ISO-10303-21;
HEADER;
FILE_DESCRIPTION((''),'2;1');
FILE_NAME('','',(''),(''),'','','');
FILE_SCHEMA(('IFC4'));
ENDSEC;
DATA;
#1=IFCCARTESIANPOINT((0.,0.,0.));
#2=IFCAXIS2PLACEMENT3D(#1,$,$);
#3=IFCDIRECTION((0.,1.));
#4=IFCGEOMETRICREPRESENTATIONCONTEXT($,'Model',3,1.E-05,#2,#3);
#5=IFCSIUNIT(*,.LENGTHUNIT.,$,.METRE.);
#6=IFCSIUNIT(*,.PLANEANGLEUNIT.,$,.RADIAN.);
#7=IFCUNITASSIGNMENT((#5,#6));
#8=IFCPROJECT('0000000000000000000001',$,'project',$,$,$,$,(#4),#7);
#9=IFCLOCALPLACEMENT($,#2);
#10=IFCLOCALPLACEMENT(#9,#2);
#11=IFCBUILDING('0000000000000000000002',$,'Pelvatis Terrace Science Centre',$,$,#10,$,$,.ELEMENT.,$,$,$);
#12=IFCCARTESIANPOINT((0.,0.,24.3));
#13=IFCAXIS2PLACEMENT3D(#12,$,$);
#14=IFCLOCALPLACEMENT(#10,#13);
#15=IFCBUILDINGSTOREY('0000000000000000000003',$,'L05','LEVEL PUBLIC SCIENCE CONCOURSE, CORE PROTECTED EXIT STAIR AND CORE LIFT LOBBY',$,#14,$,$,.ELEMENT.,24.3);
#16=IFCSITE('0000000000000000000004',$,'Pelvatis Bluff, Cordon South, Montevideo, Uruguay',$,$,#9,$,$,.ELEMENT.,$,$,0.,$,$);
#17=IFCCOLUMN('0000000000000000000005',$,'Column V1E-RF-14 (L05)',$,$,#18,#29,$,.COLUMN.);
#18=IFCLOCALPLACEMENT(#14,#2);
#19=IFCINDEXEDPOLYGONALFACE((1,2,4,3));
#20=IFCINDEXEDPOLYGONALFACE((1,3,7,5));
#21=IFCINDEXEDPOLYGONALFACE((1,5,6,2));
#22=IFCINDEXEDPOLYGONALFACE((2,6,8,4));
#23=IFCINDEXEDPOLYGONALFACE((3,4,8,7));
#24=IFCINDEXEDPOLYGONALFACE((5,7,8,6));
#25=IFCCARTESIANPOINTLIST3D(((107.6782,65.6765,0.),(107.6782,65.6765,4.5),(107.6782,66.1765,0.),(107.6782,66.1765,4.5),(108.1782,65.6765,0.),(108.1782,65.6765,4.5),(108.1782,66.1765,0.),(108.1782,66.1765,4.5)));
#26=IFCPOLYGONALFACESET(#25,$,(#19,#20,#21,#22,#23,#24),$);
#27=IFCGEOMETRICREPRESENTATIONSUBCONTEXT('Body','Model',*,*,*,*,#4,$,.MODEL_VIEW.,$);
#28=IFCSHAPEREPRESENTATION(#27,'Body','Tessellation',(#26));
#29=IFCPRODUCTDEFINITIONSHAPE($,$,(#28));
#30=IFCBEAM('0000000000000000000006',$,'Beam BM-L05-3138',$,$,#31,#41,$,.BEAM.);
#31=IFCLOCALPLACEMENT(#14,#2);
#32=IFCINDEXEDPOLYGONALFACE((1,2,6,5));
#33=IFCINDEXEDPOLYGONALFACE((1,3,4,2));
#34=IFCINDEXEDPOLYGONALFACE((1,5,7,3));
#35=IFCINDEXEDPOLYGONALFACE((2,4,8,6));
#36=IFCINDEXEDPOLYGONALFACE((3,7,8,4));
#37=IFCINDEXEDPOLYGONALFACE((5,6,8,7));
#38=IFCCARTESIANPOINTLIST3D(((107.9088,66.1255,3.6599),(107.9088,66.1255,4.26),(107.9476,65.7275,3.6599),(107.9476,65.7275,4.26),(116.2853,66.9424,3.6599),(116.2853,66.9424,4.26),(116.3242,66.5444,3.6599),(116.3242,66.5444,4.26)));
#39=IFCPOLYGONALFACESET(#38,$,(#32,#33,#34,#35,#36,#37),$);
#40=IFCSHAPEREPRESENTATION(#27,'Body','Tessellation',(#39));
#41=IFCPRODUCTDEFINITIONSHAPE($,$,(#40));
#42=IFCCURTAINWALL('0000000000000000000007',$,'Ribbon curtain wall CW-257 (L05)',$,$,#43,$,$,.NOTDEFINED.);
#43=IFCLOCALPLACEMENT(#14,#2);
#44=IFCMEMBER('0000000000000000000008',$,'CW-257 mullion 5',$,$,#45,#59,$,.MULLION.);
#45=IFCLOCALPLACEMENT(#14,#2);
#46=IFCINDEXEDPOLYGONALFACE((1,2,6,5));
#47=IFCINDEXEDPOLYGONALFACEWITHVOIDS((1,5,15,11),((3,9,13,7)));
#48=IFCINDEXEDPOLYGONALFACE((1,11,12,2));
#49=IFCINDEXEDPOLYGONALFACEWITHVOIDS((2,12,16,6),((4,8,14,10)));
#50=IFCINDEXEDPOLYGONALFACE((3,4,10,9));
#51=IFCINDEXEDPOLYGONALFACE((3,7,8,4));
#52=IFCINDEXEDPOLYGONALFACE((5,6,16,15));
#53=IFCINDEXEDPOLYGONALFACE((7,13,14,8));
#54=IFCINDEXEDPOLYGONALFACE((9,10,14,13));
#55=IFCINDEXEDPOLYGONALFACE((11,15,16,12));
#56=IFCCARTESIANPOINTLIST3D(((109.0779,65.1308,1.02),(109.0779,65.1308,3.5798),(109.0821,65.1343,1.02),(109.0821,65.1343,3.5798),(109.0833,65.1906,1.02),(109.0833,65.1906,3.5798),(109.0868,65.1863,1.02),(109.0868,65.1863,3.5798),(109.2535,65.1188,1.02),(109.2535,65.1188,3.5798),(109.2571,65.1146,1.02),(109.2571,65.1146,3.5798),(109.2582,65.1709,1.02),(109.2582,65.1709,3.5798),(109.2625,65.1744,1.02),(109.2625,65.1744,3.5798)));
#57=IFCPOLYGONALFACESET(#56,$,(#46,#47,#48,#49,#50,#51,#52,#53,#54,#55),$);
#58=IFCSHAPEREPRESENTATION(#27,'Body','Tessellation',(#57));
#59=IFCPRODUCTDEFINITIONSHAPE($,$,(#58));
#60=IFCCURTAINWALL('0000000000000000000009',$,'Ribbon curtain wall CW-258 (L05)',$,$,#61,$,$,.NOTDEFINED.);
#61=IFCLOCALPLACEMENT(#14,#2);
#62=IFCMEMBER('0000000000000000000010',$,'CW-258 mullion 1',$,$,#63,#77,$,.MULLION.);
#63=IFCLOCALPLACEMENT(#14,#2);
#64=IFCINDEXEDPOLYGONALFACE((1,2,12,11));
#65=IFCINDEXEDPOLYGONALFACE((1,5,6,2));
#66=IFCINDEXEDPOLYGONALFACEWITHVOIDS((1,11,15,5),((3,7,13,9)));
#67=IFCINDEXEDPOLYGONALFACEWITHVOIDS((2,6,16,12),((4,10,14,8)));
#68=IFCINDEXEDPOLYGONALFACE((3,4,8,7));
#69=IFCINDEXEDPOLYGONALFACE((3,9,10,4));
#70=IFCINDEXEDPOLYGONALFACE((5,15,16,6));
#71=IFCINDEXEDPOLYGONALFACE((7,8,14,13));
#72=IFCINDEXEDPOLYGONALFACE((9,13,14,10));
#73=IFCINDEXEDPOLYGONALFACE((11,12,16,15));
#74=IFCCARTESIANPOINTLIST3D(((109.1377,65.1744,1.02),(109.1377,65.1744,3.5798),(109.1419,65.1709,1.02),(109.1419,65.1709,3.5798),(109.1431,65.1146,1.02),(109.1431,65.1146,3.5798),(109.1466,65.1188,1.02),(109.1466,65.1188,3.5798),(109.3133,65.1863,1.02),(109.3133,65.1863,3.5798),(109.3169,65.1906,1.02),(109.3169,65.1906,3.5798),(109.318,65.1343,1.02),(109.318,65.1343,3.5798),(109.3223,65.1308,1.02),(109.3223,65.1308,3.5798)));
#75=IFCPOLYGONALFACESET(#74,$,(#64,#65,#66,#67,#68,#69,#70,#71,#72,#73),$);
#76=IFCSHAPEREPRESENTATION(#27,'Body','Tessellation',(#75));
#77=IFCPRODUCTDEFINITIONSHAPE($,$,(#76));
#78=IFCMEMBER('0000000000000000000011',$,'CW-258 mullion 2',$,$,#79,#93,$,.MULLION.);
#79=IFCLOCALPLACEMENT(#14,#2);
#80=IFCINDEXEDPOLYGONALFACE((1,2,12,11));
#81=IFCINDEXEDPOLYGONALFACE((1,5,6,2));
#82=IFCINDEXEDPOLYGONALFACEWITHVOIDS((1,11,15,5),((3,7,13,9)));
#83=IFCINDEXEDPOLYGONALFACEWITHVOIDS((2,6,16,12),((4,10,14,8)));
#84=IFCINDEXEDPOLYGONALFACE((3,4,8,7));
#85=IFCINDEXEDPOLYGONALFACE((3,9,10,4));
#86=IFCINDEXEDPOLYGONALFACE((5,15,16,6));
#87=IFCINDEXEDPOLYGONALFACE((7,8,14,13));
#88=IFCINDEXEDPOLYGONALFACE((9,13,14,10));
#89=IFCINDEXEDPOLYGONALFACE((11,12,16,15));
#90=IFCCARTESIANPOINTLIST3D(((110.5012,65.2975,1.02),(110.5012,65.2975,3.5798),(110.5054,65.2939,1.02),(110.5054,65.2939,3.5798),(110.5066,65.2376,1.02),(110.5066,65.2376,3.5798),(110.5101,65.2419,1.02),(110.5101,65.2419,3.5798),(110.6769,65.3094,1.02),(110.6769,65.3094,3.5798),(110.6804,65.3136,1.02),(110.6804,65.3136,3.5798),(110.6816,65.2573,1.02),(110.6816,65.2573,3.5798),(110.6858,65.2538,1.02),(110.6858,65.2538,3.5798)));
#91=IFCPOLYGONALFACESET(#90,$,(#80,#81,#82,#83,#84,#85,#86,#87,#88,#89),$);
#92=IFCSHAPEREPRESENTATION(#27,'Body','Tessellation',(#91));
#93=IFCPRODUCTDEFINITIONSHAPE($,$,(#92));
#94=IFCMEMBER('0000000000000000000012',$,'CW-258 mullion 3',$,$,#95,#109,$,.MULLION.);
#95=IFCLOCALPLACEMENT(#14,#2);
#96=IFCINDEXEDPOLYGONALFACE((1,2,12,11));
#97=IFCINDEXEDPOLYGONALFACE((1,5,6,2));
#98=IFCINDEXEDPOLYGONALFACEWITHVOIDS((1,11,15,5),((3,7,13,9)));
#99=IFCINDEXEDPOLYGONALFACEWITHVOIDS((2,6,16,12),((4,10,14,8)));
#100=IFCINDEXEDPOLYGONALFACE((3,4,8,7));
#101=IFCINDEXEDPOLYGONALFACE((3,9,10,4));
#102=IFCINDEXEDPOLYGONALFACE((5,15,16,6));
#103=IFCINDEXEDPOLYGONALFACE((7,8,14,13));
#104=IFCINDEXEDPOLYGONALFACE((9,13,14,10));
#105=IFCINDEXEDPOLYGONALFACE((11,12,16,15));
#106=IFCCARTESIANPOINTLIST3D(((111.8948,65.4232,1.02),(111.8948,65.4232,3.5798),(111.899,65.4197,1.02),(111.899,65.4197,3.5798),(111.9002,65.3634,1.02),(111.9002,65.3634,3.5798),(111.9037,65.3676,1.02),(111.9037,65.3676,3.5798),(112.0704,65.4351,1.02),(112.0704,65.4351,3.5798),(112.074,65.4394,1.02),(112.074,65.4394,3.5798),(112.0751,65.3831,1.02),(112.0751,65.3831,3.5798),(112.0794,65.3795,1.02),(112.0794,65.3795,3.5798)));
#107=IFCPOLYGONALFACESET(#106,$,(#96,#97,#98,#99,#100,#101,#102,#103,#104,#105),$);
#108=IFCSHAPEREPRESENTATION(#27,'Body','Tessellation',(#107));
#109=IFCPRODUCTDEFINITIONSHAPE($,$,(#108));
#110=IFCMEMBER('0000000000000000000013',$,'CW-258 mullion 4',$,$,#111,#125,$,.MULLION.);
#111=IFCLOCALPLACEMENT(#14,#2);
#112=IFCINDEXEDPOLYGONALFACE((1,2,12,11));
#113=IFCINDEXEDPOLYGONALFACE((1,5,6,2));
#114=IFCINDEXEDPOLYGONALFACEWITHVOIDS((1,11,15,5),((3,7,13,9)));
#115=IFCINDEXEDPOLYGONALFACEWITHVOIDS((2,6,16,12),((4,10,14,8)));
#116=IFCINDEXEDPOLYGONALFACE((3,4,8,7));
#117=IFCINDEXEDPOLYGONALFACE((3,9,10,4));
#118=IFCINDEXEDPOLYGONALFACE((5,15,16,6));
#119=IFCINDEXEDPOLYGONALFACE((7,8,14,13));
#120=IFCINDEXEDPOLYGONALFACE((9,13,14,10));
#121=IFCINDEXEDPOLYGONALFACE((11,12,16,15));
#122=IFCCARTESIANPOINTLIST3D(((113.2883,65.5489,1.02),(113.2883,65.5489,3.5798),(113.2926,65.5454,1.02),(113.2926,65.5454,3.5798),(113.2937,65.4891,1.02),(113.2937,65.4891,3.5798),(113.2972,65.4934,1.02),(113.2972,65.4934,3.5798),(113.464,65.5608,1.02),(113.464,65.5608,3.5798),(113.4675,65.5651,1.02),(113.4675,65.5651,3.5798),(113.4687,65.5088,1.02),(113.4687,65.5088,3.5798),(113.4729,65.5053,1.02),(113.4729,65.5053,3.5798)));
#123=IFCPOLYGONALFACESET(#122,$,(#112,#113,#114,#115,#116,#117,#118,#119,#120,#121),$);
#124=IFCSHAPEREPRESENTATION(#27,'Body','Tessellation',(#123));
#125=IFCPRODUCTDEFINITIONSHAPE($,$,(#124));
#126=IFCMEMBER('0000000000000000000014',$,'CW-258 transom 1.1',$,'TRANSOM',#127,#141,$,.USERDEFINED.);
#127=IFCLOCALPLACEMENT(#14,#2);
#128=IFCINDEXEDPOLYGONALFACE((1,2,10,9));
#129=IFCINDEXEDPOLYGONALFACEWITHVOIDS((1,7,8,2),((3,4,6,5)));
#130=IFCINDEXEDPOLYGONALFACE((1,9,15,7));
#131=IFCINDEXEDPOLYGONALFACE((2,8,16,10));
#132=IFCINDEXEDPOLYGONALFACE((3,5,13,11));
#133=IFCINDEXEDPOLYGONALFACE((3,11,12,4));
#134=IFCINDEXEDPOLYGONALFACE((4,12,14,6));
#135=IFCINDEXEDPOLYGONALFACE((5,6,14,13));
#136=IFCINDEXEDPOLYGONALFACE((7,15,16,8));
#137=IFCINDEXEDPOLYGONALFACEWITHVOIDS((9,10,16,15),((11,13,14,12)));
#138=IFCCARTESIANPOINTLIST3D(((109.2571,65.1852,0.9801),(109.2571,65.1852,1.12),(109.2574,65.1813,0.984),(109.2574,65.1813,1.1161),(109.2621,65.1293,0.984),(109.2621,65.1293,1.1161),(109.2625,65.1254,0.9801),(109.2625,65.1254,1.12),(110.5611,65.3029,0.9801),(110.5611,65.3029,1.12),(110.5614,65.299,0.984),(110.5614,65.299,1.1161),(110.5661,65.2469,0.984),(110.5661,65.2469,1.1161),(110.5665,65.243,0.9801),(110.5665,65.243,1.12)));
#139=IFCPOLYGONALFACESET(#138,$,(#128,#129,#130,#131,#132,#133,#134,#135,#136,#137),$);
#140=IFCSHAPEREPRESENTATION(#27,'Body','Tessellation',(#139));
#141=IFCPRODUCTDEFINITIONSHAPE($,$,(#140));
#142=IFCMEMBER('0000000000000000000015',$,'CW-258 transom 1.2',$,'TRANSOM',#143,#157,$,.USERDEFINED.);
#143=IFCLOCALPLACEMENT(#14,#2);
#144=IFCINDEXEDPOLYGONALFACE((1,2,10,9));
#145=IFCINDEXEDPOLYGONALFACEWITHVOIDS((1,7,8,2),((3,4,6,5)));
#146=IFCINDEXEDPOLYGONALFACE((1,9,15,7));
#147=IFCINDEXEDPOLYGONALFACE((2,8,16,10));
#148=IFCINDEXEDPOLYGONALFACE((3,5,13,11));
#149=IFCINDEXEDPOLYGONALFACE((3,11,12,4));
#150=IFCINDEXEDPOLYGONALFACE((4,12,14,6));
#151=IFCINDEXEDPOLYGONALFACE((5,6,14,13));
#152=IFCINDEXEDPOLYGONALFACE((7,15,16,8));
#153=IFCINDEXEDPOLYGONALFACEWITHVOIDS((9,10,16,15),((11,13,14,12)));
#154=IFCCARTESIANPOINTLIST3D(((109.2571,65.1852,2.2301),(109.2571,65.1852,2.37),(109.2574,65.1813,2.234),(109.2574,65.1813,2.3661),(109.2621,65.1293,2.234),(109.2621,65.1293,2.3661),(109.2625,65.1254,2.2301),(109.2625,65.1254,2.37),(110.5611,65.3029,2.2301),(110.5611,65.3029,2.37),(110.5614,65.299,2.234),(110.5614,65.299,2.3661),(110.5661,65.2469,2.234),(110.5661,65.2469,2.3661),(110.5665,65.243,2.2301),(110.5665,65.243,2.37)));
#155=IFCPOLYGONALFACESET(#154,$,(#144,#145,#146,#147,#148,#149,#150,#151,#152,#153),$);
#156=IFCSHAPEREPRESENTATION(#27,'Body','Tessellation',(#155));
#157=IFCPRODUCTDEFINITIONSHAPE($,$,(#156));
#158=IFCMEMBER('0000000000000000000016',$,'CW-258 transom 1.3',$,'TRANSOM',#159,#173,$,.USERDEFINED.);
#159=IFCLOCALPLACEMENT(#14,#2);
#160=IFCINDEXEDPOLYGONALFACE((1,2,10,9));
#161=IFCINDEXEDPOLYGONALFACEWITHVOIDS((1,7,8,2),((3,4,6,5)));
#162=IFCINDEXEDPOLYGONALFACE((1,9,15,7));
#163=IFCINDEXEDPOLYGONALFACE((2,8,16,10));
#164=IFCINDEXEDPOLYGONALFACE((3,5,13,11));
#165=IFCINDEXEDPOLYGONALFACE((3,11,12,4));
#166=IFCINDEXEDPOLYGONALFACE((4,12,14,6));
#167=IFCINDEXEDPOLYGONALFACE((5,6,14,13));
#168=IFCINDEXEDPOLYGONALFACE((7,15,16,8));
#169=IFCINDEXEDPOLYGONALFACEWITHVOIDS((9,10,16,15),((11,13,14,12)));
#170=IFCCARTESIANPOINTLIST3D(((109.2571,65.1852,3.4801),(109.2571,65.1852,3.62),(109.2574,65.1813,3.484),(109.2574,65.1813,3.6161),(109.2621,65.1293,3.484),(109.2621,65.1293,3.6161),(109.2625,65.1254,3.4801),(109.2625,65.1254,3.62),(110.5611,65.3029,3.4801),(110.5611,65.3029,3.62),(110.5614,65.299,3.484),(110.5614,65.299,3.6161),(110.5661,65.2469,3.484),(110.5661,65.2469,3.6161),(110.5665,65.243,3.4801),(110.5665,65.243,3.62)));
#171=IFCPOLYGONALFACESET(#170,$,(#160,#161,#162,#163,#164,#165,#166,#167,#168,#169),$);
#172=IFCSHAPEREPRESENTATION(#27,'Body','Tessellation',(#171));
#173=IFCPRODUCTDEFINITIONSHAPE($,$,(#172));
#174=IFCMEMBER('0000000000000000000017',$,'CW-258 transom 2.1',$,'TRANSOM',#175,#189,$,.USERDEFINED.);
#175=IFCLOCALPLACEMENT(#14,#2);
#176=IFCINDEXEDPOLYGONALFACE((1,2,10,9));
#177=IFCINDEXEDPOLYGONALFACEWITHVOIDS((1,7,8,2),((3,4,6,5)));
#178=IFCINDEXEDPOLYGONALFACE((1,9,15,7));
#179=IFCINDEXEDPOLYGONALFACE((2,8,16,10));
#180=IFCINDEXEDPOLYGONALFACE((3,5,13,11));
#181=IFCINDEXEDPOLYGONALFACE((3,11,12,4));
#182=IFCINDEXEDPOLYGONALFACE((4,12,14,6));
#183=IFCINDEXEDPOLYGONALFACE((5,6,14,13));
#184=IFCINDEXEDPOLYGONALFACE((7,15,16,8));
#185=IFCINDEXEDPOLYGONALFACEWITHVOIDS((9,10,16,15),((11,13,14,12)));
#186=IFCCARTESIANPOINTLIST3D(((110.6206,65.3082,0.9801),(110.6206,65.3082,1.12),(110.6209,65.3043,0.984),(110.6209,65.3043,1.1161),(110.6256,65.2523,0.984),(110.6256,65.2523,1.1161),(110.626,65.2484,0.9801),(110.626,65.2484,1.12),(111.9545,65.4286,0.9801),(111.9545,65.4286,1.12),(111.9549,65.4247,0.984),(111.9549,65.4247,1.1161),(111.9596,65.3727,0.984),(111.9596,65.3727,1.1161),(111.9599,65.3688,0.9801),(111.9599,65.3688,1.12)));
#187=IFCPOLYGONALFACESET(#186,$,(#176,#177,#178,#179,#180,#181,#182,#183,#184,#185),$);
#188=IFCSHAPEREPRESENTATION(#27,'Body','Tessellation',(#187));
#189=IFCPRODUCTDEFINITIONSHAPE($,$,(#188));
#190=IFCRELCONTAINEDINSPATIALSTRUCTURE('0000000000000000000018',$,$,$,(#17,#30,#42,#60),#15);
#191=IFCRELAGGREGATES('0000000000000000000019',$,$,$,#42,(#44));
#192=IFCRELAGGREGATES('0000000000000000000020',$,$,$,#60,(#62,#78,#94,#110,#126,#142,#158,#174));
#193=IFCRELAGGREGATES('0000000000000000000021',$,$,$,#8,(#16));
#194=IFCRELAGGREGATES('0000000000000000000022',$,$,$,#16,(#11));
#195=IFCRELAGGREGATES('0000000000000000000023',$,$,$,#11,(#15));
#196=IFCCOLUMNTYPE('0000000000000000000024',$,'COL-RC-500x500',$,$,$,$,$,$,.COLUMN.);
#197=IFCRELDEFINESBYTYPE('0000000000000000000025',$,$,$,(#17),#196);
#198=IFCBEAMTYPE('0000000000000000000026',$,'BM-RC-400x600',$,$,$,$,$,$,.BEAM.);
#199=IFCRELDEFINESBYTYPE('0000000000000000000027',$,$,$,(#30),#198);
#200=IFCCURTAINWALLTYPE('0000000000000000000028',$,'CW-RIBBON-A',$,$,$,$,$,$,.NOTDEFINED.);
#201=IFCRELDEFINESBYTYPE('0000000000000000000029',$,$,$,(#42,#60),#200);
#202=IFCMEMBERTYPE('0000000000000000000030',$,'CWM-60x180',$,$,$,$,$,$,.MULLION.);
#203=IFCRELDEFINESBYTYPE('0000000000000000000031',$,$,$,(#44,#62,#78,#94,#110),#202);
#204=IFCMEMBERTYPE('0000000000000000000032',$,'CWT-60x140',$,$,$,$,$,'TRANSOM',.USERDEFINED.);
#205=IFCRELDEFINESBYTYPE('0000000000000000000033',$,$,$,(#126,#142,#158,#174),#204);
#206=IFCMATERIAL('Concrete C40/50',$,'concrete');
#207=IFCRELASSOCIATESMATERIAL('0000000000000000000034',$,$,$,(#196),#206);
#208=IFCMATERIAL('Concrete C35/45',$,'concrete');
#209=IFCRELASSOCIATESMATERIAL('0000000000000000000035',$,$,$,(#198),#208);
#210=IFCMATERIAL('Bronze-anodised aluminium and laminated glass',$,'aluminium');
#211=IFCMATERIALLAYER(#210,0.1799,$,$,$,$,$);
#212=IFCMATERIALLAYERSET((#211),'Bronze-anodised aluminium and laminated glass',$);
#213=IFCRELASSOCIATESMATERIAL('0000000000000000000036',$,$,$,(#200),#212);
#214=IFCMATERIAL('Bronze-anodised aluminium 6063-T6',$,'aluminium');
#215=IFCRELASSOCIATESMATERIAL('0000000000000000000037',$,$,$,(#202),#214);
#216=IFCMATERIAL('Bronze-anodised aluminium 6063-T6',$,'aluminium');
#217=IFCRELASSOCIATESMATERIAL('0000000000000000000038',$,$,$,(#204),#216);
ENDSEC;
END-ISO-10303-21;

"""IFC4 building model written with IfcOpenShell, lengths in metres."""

from ifc_helpers import new_model, si_unit, direction, frame, origin, origin_2d, place, context, subcontext, project, spatial, rectangle, hollow_rectangle, extrude, material, layer, layer_set, material_profile, profile_set, type_object, element, aggregate, save


model = new_model("IFC4")

# Units and contexts
model_context = context("Model", 3, precision=1e-05, world=origin(), true_north=direction((0.0, 1.0)))
body_context = subcontext(model_context, "Body", "Model", "MODEL_VIEW")
ifc_project = project(units=[si_unit("LENGTHUNIT", "METRE"), si_unit("PLANEANGLEUNIT", "RADIAN")], contexts=[model_context])

# Site, building, storey
site_placement = place(None, origin())
site = spatial("IfcSite", under=ifc_project, at=site_placement, Name="Pelvatis Bluff, Cordon South, Montevideo, Uruguay", CompositionType="ELEMENT", RefElevation=0.0)
building_placement = place(site_placement, origin())
building = spatial("IfcBuilding", under=site, at=building_placement, Name="Pelvatis Terrace Science Centre", CompositionType="ELEMENT")
storey_placement = place(building_placement, frame((0.0, 0.0, 24.3)))
storey = spatial("IfcBuildingStorey", under=building, at=storey_placement, Name="L05", Description="LEVEL PUBLIC SCIENCE CONCOURSE, CORE PROTECTED EXIT STAIR AND CORE LIFT LOBBY", CompositionType="ELEMENT", Elevation=24.3)

# Column
ifc_material_1 = material(Name="Concrete C40/50", Category="concrete")
ifc_material_profile_1 = material_profile(ifc_material_1, rectangle(XDim=0.5, YDim=0.5, at=origin_2d()), Name="RC-COL 500x500")
ifc_profile_set_1 = profile_set([ifc_material_profile_1], Name="Concrete C40/50")
column_type = type_object("IfcColumnType", Name="COL-RC-500x500", PredefinedType="COLUMN", material=ifc_profile_set_1)
column_placement = place(storey_placement, frame((107.9282, 65.9265, 0.0), z_axis=(0.0, 0.0, 1.0), x_axis=(1.0, 0.0, 0.0)))
element("IfcColumn", 1, at=column_placement, inside=storey, type_object=column_type, Name="Column V1E-RF-14 (L05)", PredefinedType="COLUMN", context=body_context, shape_type="SweptSolid", body=[
    extrude(rectangle(XDim=0.5, YDim=0.5, at=origin_2d()), origin(), (0.0, 0.0, 1.0), 4.5),
])

# Beam
ifc_material_2 = material(Name="Concrete C35/45", Category="concrete")
ifc_material_profile_2 = material_profile(ifc_material_2, rectangle(XDim=0.3999, YDim=0.6001, at=origin_2d()), Name="RC-BM 400x600")
ifc_profile_set_2 = profile_set([ifc_material_profile_2], Name="Concrete C35/45")
beam_type = type_object("IfcBeamType", Name="BM-RC-400x600", PredefinedType="BEAM", material=ifc_profile_set_2)
beam_placement = place(storey_placement, frame((107.9282, 65.9265, 3.96), z_axis=(0.995278, 0.097062, 0.0), x_axis=(-0.097062, 0.995278, 0.0)))
element("IfcBeam", 2, at=beam_placement, inside=storey, type_object=beam_type, Name="Beam BM-L05-3138", PredefinedType="BEAM", context=body_context, shape_type="SweptSolid", body=[
    extrude(rectangle(XDim=0.3999, YDim=0.6001, at=origin_2d()), origin(), (0.0, 0.0, 1.0), 8.4163),
])

# Curtain wall, member
ifc_material_3 = material(Name="Bronze-anodised aluminium and laminated glass", Category="aluminium")
ifc_layer_1 = layer(ifc_material_3, 0.1799)
ifc_layer_set_1 = layer_set([ifc_layer_1], Name="Bronze-anodised aluminium and laminated glass")
curtain_wall_type = type_object("IfcCurtainWallType", Name="CW-RIBBON-A", PredefinedType="NOTDEFINED", material=ifc_layer_set_1)
curtain_wall_1_placement = place(storey_placement, origin())
curtain_wall_1 = element("IfcCurtainWall", 3, at=curtain_wall_1_placement, inside=storey, type_object=curtain_wall_type, Name="Ribbon curtain wall CW-257 (L05)", PredefinedType="NOTDEFINED")
ifc_material_4 = material(Name="Bronze-anodised aluminium 6063-T6", Category="aluminium")
ifc_material_profile_3 = material_profile(ifc_material_4, hollow_rectangle(XDim=0.0601, YDim=0.1799, WallThickness=0.0039, at=origin_2d()), Name="ALU-MUL 60x180")
ifc_profile_set_3 = profile_set([ifc_material_profile_3], Name="Bronze-anodised aluminium 6063-T6")
member_type_1 = type_object("IfcMemberType", Name="CWM-60x180", PredefinedType="MULLION", material=ifc_profile_set_3)
member_1_placement = place(storey_placement, frame((109.1702, 65.1526, 1.02), z_axis=(0.0, 0.0, 1.0), x_axis=(0.08982, 0.995958, 0.0)))
member_1 = element("IfcMember", 4, at=member_1_placement, type_object=member_type_1, Name="CW-257 mullion 5", PredefinedType="MULLION", context=body_context, shape_type="SweptSolid", body=[
    extrude(hollow_rectangle(XDim=0.0601, YDim=0.1799, WallThickness=0.0039, at=origin_2d()), origin(), (0.0, 0.0, 1.0), 2.5598),
])

# Curtain wall, members
curtain_wall_2_placement = place(storey_placement, origin())
curtain_wall_2 = element("IfcCurtainWall", 5, at=curtain_wall_2_placement, inside=storey, type_object=curtain_wall_type, Name="Ribbon curtain wall CW-258 (L05)", PredefinedType="NOTDEFINED")
member_2_placement = place(storey_placement, frame((109.23, 65.1526, 1.02), z_axis=(0.0, 0.0, 1.0), x_axis=(-0.08982, 0.995958, 0.0)))
member_2 = element("IfcMember", 6, at=member_2_placement, type_object=member_type_1, Name="CW-258 mullion 1", PredefinedType="MULLION", context=body_context, shape_type="SweptSolid", body=[
    extrude(hollow_rectangle(XDim=0.0601, YDim=0.1799, WallThickness=0.0039, at=origin_2d()), origin(), (0.0, 0.0, 1.0), 2.5598),
])
member_3_placement = place(storey_placement, frame((110.5935, 65.2756, 1.02), z_axis=(0.0, 0.0, 1.0), x_axis=(-0.08982, 0.995958, 0.0)))
member_3 = element("IfcMember", 7, at=member_3_placement, type_object=member_type_1, Name="CW-258 mullion 2", PredefinedType="MULLION", context=body_context, shape_type="SweptSolid", body=[
    extrude(hollow_rectangle(XDim=0.0601, YDim=0.1799, WallThickness=0.0039, at=origin_2d()), origin(), (0.0, 0.0, 1.0), 2.5598),
])
member_4_placement = place(storey_placement, frame((111.9871, 65.4014, 1.02), z_axis=(0.0, 0.0, 1.0), x_axis=(-0.08982, 0.995958, 0.0)))
member_4 = element("IfcMember", 8, at=member_4_placement, type_object=member_type_1, Name="CW-258 mullion 3", PredefinedType="MULLION", context=body_context, shape_type="SweptSolid", body=[
    extrude(hollow_rectangle(XDim=0.0601, YDim=0.1799, WallThickness=0.0039, at=origin_2d()), origin(), (0.0, 0.0, 1.0), 2.5598),
])
member_5_placement = place(storey_placement, frame((113.3806, 65.5271, 1.02), z_axis=(0.0, 0.0, 1.0), x_axis=(-0.08982, 0.995958, 0.0)))
member_5 = element("IfcMember", 9, at=member_5_placement, type_object=member_type_1, Name="CW-258 mullion 4", PredefinedType="MULLION", context=body_context, shape_type="SweptSolid", body=[
    extrude(hollow_rectangle(XDim=0.0601, YDim=0.1799, WallThickness=0.0039, at=origin_2d()), origin(), (0.0, 0.0, 1.0), 2.5598),
])
ifc_material_5 = material(Name="Bronze-anodised aluminium 6063-T6", Category="aluminium")
ifc_material_profile_4 = material_profile(ifc_material_5, hollow_rectangle(XDim=0.0601, YDim=0.1399, WallThickness=0.0039, at=origin_2d()), Name="ALU-TRN 60x140")
ifc_profile_set_4 = profile_set([ifc_material_profile_4], Name="Bronze-anodised aluminium 6063-T6")
member_type_2 = type_object("IfcMemberType", Name="CWT-60x140", ElementType="TRANSOM", PredefinedType="USERDEFINED", material=ifc_profile_set_4)
member_6_placement = place(storey_placement, frame((109.2598, 65.1553, 1.05), z_axis=(0.995953, 0.08988, 0.0), x_axis=(-0.08988, 0.995953, 0.0)))
member_6 = element("IfcMember", 10, at=member_6_placement, type_object=member_type_2, Name="CW-258 transom 1.1", ObjectType="TRANSOM", PredefinedType="USERDEFINED", context=body_context, shape_type="SweptSolid", body=[
    extrude(hollow_rectangle(XDim=0.0601, YDim=0.1399, WallThickness=0.0039, at=origin_2d()), origin(), (0.0, 0.0, 1.0), 1.3093),
])
member_7_placement = place(storey_placement, frame((109.2598, 65.1553, 2.3), z_axis=(0.995953, 0.08988, 0.0), x_axis=(-0.08988, 0.995953, 0.0)))
member_7 = element("IfcMember", 11, at=member_7_placement, type_object=member_type_2, Name="CW-258 transom 1.2", ObjectType="TRANSOM", PredefinedType="USERDEFINED", context=body_context, shape_type="SweptSolid", body=[
    extrude(hollow_rectangle(XDim=0.0601, YDim=0.1399, WallThickness=0.0039, at=origin_2d()), origin(), (0.0, 0.0, 1.0), 1.3093),
])
member_8_placement = place(storey_placement, frame((109.2598, 65.1553, 3.55), z_axis=(0.995953, 0.08988, 0.0), x_axis=(-0.08988, 0.995953, 0.0)))
member_8 = element("IfcMember", 12, at=member_8_placement, type_object=member_type_2, Name="CW-258 transom 1.3", ObjectType="TRANSOM", PredefinedType="USERDEFINED", context=body_context, shape_type="SweptSolid", body=[
    extrude(hollow_rectangle(XDim=0.0601, YDim=0.1399, WallThickness=0.0039, at=origin_2d()), origin(), (0.0, 0.0, 1.0), 1.3093),
])
member_9_placement = place(storey_placement, frame((110.6233, 65.2783, 1.05), z_axis=(0.995954, 0.089862, 0.0), x_axis=(-0.089862, 0.995954, 0.0)))
member_9 = element("IfcMember", 13, at=member_9_placement, type_object=member_type_2, Name="CW-258 transom 2.1", ObjectType="TRANSOM", PredefinedType="USERDEFINED", context=body_context, shape_type="SweptSolid", body=[
    extrude(hollow_rectangle(XDim=0.0601, YDim=0.1399, WallThickness=0.0039, at=origin_2d()), origin(), (0.0, 0.0, 1.0), 1.3394),
])

aggregate(curtain_wall_1, [member_1])
aggregate(curtain_wall_2, [member_2, member_3, member_4, member_5, member_6, member_7, member_8, member_9])

save(model, "model.ifc")
